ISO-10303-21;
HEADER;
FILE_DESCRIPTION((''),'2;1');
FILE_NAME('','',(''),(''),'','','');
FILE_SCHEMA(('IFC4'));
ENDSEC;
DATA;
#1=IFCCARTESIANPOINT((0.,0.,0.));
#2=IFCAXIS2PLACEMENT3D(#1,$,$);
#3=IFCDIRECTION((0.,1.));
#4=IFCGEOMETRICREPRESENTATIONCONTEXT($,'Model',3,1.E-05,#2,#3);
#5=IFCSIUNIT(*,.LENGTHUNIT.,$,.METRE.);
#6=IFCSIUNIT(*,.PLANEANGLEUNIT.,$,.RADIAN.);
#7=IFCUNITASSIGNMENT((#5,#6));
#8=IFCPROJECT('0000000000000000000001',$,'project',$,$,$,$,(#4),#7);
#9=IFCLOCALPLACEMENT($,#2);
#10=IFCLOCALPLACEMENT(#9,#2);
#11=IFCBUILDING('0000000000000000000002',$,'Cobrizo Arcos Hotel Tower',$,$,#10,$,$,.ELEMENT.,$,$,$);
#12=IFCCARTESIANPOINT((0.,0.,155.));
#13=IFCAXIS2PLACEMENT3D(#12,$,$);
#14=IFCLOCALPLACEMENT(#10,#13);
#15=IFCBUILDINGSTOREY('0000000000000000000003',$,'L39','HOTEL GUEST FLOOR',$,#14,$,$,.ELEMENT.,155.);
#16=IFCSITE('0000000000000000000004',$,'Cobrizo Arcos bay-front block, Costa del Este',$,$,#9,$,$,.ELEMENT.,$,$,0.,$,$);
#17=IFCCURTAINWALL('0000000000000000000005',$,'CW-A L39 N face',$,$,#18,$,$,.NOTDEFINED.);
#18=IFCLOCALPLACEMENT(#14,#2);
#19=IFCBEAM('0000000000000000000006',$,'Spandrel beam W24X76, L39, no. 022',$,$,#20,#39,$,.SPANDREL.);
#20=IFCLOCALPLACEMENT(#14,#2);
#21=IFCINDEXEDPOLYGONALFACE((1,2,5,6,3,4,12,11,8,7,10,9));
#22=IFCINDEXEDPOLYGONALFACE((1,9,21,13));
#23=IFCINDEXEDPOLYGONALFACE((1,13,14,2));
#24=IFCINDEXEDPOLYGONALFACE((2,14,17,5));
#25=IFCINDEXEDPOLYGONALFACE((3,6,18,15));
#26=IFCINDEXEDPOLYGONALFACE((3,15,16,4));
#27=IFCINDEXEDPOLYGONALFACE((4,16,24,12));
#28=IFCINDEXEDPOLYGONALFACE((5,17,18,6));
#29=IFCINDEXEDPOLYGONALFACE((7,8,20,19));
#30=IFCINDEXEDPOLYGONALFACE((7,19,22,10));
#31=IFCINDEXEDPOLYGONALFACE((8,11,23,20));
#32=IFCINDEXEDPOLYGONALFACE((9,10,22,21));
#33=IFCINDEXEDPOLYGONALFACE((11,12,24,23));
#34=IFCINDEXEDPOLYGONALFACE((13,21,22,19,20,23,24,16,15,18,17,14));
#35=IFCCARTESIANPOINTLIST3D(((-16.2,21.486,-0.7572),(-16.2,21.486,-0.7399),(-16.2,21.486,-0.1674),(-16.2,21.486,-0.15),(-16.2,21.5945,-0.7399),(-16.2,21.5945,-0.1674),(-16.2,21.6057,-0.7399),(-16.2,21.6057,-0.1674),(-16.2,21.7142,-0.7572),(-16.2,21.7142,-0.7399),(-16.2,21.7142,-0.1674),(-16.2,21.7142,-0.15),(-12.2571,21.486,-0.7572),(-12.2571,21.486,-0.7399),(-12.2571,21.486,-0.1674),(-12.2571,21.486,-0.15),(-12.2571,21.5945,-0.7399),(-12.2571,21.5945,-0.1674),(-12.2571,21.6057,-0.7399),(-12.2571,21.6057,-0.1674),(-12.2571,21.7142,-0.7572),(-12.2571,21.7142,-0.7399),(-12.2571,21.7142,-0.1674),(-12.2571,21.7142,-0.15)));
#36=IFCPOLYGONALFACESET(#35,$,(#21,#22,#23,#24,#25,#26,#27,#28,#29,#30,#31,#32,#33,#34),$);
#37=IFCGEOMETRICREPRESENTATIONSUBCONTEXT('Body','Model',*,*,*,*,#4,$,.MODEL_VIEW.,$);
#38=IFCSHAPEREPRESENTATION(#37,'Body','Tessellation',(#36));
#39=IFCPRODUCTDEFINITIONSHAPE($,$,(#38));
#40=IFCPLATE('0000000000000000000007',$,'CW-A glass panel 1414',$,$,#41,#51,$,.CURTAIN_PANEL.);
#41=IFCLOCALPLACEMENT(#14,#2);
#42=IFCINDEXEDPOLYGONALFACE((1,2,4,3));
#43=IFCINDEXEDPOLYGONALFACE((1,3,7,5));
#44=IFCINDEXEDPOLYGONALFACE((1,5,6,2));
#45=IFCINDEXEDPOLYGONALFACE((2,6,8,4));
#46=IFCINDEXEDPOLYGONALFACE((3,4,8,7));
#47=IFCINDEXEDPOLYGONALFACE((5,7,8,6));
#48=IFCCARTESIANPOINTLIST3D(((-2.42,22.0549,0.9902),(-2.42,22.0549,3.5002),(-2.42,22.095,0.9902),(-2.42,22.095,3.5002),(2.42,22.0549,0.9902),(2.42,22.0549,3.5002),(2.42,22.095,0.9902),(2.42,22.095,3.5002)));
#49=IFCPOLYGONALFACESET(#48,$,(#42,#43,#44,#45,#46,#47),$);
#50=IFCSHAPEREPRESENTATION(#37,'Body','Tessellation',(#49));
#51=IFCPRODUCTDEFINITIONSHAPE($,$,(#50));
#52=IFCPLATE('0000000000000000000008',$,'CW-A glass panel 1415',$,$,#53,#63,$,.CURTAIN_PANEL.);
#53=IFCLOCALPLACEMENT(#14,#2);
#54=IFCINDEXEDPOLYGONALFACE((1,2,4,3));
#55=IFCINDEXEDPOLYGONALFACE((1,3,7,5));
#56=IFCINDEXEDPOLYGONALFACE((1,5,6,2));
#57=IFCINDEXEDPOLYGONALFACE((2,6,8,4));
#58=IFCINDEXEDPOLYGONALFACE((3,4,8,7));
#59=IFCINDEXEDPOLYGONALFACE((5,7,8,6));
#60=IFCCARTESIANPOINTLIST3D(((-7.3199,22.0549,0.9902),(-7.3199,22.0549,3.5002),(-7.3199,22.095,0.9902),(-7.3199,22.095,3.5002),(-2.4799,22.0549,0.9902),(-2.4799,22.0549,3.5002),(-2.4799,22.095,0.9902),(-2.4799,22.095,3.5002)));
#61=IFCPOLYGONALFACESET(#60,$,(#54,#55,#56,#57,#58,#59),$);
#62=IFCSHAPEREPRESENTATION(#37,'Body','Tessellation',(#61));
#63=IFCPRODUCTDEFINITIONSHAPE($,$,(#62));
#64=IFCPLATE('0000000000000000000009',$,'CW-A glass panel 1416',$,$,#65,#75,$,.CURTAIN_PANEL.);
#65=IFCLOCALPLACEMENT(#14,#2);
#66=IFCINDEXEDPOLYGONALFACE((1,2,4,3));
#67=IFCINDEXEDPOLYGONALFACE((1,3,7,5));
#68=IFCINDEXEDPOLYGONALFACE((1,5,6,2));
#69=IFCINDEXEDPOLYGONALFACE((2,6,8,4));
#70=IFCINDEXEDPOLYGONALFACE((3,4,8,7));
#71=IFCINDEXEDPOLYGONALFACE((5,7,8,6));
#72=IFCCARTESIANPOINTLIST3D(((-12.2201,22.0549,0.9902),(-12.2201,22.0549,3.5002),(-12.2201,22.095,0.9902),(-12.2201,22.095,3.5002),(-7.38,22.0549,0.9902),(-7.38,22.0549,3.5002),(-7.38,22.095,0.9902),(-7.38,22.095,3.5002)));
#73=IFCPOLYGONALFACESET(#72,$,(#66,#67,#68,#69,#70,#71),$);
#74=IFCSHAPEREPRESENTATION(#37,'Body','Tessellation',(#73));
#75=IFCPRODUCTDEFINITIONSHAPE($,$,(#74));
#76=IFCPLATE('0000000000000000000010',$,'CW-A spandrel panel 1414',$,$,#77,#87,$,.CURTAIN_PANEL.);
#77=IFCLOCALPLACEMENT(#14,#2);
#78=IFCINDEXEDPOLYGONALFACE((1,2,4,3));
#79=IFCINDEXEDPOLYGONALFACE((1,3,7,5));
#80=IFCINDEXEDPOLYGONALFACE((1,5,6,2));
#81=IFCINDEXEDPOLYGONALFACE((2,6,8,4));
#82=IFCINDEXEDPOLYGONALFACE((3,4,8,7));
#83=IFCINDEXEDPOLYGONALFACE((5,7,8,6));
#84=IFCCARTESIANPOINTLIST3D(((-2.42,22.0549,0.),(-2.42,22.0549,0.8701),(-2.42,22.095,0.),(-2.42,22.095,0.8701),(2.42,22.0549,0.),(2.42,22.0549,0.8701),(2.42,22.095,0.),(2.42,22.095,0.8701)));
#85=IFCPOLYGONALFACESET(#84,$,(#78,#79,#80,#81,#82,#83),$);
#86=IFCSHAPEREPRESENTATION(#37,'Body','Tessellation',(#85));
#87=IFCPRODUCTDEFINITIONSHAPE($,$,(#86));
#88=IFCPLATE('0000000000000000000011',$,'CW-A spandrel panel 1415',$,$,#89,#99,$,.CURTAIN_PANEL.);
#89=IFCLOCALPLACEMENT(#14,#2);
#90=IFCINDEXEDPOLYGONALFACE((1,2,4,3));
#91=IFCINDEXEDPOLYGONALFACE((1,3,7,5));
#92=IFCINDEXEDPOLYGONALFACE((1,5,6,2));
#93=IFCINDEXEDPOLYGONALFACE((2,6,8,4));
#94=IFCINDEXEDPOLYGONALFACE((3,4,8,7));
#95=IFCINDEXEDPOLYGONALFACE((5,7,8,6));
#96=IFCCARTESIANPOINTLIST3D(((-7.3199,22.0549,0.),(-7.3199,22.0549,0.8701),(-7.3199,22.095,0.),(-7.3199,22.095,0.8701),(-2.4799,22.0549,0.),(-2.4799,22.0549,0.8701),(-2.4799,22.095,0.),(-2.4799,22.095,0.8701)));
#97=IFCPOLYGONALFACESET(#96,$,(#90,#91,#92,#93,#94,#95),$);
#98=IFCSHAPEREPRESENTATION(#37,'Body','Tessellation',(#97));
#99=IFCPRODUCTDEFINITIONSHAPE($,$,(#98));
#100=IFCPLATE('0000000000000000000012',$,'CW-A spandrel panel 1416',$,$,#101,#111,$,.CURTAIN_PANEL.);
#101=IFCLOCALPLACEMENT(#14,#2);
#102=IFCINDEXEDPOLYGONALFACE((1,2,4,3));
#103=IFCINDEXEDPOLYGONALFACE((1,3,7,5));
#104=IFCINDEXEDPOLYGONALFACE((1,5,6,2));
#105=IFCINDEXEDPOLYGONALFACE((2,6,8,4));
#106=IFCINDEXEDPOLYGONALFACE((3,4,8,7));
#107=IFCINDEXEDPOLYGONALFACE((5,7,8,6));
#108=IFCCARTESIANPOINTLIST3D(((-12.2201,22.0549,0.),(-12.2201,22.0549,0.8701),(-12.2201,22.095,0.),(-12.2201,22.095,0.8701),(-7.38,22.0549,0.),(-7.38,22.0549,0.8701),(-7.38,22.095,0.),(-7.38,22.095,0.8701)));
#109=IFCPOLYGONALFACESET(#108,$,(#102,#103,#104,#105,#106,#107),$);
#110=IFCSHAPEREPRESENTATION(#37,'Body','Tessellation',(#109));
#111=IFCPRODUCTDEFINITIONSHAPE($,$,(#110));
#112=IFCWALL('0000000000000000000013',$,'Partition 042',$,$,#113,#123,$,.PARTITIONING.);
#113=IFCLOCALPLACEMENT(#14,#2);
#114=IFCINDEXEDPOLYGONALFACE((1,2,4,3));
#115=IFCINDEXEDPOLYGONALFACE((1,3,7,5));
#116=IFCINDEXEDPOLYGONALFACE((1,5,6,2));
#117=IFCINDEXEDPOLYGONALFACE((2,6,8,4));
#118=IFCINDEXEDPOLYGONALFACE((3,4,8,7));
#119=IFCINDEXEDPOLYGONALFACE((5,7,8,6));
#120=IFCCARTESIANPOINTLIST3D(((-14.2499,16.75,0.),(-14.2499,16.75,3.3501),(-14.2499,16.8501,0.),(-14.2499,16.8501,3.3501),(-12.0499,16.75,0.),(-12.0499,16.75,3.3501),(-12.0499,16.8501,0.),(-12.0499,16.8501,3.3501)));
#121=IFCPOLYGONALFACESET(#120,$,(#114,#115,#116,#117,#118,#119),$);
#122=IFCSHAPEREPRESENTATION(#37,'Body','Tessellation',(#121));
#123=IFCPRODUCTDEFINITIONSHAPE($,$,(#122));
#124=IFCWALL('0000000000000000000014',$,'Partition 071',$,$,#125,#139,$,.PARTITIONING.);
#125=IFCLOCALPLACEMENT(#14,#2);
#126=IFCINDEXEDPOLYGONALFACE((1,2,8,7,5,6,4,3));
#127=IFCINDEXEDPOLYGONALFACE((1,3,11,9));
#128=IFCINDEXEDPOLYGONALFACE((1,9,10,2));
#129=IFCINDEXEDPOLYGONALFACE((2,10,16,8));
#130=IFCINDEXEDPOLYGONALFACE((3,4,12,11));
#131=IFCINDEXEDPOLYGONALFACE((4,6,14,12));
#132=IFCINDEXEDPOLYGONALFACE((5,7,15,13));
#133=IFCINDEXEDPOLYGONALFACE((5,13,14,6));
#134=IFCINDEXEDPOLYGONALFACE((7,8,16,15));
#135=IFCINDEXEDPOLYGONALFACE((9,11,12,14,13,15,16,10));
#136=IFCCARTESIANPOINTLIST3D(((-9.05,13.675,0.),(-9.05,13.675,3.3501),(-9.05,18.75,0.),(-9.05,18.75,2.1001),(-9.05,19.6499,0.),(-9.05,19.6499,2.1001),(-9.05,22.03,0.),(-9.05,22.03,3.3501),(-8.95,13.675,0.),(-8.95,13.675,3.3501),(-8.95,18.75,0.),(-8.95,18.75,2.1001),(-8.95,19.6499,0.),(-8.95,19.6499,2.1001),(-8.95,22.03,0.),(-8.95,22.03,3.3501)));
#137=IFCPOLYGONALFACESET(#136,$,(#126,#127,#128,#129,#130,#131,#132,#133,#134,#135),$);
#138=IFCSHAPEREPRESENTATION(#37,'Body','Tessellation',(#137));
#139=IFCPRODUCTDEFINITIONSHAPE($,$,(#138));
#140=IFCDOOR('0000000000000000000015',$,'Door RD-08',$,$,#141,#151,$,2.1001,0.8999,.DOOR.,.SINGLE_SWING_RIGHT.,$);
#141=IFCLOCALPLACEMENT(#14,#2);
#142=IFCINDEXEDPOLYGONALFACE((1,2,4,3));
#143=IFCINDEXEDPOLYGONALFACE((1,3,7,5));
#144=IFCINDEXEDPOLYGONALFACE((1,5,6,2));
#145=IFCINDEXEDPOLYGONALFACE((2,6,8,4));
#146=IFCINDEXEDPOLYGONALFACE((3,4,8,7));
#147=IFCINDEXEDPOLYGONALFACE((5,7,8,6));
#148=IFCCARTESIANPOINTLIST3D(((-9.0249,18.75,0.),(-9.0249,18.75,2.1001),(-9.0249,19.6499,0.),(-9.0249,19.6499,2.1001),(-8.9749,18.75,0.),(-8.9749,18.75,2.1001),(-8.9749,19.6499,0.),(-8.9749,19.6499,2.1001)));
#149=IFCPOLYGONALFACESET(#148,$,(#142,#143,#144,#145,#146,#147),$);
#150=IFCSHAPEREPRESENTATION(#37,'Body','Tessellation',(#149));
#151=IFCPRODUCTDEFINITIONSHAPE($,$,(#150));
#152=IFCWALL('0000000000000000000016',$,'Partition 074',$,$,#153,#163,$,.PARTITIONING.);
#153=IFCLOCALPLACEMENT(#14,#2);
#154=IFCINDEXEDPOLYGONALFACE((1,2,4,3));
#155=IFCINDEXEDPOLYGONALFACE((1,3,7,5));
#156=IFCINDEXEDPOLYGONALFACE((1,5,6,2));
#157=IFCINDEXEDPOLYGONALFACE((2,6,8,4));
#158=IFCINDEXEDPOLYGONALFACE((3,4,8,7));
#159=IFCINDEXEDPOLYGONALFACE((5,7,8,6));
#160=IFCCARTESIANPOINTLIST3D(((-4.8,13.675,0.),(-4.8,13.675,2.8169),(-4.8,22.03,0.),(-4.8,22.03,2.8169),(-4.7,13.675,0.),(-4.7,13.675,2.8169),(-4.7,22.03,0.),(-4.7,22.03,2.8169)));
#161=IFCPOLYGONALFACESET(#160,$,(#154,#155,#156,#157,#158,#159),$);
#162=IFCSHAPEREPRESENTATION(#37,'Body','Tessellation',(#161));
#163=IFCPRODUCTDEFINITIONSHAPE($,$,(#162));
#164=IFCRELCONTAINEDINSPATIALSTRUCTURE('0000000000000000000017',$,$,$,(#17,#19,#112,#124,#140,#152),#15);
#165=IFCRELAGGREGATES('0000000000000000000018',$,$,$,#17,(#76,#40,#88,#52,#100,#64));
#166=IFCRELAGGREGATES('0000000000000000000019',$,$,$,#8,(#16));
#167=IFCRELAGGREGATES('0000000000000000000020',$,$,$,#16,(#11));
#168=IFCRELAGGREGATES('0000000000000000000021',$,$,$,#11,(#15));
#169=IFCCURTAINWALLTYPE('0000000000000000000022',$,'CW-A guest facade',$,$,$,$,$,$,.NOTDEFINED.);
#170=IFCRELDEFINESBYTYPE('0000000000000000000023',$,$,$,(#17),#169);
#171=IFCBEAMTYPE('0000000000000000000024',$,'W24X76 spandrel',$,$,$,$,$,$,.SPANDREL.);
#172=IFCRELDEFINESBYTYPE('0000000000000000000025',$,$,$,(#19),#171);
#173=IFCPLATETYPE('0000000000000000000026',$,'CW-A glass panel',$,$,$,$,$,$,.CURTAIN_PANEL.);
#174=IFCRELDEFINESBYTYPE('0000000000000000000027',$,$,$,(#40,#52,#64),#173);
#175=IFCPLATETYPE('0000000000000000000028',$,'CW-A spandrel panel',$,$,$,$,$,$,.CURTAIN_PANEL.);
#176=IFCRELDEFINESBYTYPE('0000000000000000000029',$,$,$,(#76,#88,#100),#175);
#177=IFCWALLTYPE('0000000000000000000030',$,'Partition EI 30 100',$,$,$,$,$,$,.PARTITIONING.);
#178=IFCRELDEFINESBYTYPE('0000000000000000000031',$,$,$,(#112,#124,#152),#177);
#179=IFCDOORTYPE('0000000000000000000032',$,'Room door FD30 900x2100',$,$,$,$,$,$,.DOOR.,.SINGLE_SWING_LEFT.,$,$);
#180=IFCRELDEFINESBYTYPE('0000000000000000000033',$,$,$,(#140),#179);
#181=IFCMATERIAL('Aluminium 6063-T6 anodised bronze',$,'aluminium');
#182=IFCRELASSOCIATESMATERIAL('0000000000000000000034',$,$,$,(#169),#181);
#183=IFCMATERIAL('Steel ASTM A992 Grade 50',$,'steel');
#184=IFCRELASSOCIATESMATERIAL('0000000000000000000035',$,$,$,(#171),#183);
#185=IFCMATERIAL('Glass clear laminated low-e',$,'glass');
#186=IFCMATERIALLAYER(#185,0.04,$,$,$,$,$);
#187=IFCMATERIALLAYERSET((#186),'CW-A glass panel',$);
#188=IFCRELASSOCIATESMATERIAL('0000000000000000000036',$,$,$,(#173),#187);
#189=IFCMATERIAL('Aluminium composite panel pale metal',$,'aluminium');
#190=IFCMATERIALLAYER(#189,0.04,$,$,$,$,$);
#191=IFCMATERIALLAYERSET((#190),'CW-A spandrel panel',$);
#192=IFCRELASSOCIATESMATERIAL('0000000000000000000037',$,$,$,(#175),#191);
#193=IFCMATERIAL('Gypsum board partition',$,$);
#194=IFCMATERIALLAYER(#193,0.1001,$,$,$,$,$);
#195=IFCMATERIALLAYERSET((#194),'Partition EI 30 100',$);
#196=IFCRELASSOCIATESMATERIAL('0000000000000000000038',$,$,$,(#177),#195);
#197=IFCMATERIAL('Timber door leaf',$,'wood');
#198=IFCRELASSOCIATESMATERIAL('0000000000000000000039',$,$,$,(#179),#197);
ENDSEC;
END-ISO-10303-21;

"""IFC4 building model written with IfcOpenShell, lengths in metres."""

from ifc_helpers import new_model, si_unit, direction, frame, frame_2d, origin, origin_2d, place, context, subcontext, project, spatial, rectangle, i_section, extrude, material, layer, layer_set, material_profile, profile_set, type_object, element, fill, aggregate, save


model = new_model("IFC4")

# Units and contexts
model_context = context("Model", 3, precision=1e-05, world=origin(), true_north=direction((0.0, 1.0)))
body_context = subcontext(model_context, "Body", "Model", "MODEL_VIEW")
ifc_project = project(units=[si_unit("LENGTHUNIT", "METRE"), si_unit("PLANEANGLEUNIT", "RADIAN")], contexts=[model_context])

# Site, building, storey
site_placement = place(None, origin())
site = spatial("IfcSite", under=ifc_project, at=site_placement, Name="Cobrizo Arcos bay-front block, Costa del Este", CompositionType="ELEMENT", RefElevation=0.0)
building_placement = place(site_placement, origin())
building = spatial("IfcBuilding", under=site, at=building_placement, Name="Cobrizo Arcos Hotel Tower", CompositionType="ELEMENT")
storey_placement = place(building_placement, frame((0.0, 0.0, 155.0)))
storey = spatial("IfcBuildingStorey", under=building, at=storey_placement, Name="L39", Description="HOTEL GUEST FLOOR", CompositionType="ELEMENT", Elevation=155.0)

# Curtain wall
ifc_material_1 = material(Name="Aluminium 6063-T6 anodised bronze", Category="aluminium")
curtain_wall_type = type_object("IfcCurtainWallType", Name="CW-A guest facade", PredefinedType="NOTDEFINED", material=ifc_material_1)
curtain_wall_placement = place(storey_placement, origin())
curtain_wall = element("IfcCurtainWall", 1, at=curtain_wall_placement, inside=storey, type_object=curtain_wall_type, Name="CW-A L39 N face", PredefinedType="NOTDEFINED")

# Beam
ifc_material_2 = material(Name="Steel ASTM A992 Grade 50", Category="steel")
ifc_material_profile_1 = material_profile(ifc_material_2, i_section(OverallWidth=0.2283, OverallDepth=0.6072, WebThickness=0.0112, FlangeThickness=0.0173, at=origin_2d()), Name="W24X76")
ifc_profile_set_1 = profile_set([ifc_material_profile_1], Name="Steel ASTM A992 Grade 50")
beam_type = type_object("IfcBeamType", Name="W24X76 spandrel", PredefinedType="SPANDREL", material=ifc_profile_set_1)
beam_placement = place(storey_placement, frame((-12.2571, 21.6001, -0.4536), z_axis=(-1.0, 0.0, 0.0), x_axis=(0.0, -1.0, 0.0)))
element("IfcBeam", 2, at=beam_placement, inside=storey, type_object=beam_type, Name="Spandrel beam W24X76, L39, no. 022", PredefinedType="SPANDREL", context=body_context, shape_type="SweptSolid", body=[
    extrude(i_section(OverallWidth=0.2283, OverallDepth=0.6072, WebThickness=0.0112, FlangeThickness=0.0173, at=origin_2d()), origin(), (0.0, 0.0, 1.0), 3.9429),
])

# Plates
ifc_material_3 = material(Name="Glass clear laminated low-e", Category="glass")
ifc_layer_1 = layer(ifc_material_3, 0.04)
ifc_layer_set_1 = layer_set([ifc_layer_1], Name="CW-A glass panel")
plate_type_1 = type_object("IfcPlateType", Name="CW-A glass panel", PredefinedType="CURTAIN_PANEL", material=ifc_layer_set_1)
plate_1_placement = place(storey_placement, frame((0.0, 22.075, 0.9902), z_axis=(0.0, 0.0, 1.0), x_axis=(-1.0, 0.0, 0.0)))
plate_1 = element("IfcPlate", 3, at=plate_1_placement, type_object=plate_type_1, Name="CW-A glass panel 1414", PredefinedType="CURTAIN_PANEL", context=body_context, shape_type="SweptSolid", body=[
    extrude(rectangle(XDim=4.8401, YDim=0.04, at=origin_2d()), origin(), (0.0, 0.0, 1.0), 2.51),
])
plate_2_placement = place(storey_placement, frame((-4.8999, 22.075, 0.9902), z_axis=(0.0, 0.0, 1.0), x_axis=(-1.0, 0.0, 0.0)))
plate_2 = element("IfcPlate", 4, at=plate_2_placement, type_object=plate_type_1, Name="CW-A glass panel 1415", PredefinedType="CURTAIN_PANEL", context=body_context, shape_type="SweptSolid", body=[
    extrude(rectangle(XDim=4.8401, YDim=0.04, at=origin_2d()), origin(), (0.0, 0.0, 1.0), 2.51),
])
plate_3_placement = place(storey_placement, frame((-9.8, 22.075, 0.9902), z_axis=(0.0, 0.0, 1.0), x_axis=(-1.0, 0.0, 0.0)))
plate_3 = element("IfcPlate", 5, at=plate_3_placement, type_object=plate_type_1, Name="CW-A glass panel 1416", PredefinedType="CURTAIN_PANEL", context=body_context, shape_type="SweptSolid", body=[
    extrude(rectangle(XDim=4.8401, YDim=0.04, at=origin_2d()), origin(), (0.0, 0.0, 1.0), 2.51),
])
ifc_material_4 = material(Name="Aluminium composite panel pale metal", Category="aluminium")
ifc_layer_2 = layer(ifc_material_4, 0.04)
ifc_layer_set_2 = layer_set([ifc_layer_2], Name="CW-A spandrel panel")
plate_type_2 = type_object("IfcPlateType", Name="CW-A spandrel panel", PredefinedType="CURTAIN_PANEL", material=ifc_layer_set_2)
plate_4_placement = place(storey_placement, frame((0.0, 22.075, 0.0), z_axis=(0.0, 0.0, 1.0), x_axis=(-1.0, 0.0, 0.0)))
plate_4 = element("IfcPlate", 6, at=plate_4_placement, type_object=plate_type_2, Name="CW-A spandrel panel 1414", PredefinedType="CURTAIN_PANEL", context=body_context, shape_type="SweptSolid", body=[
    extrude(rectangle(XDim=4.8401, YDim=0.04, at=origin_2d()), origin(), (0.0, 0.0, 1.0), 0.8701),
])
plate_5_placement = place(storey_placement, frame((-4.8999, 22.075, 0.0), z_axis=(0.0, 0.0, 1.0), x_axis=(-1.0, 0.0, 0.0)))
plate_5 = element("IfcPlate", 7, at=plate_5_placement, type_object=plate_type_2, Name="CW-A spandrel panel 1415", PredefinedType="CURTAIN_PANEL", context=body_context, shape_type="SweptSolid", body=[
    extrude(rectangle(XDim=4.8401, YDim=0.04, at=origin_2d()), origin(), (0.0, 0.0, 1.0), 0.8701),
])
plate_6_placement = place(storey_placement, frame((-9.8, 22.075, 0.0), z_axis=(0.0, 0.0, 1.0), x_axis=(-1.0, 0.0, 0.0)))
plate_6 = element("IfcPlate", 8, at=plate_6_placement, type_object=plate_type_2, Name="CW-A spandrel panel 1416", PredefinedType="CURTAIN_PANEL", context=body_context, shape_type="SweptSolid", body=[
    extrude(rectangle(XDim=4.8401, YDim=0.04, at=origin_2d()), origin(), (0.0, 0.0, 1.0), 0.8701),
])
aggregate(curtain_wall, [plate_4, plate_1, plate_5, plate_2, plate_6, plate_3])

# Wall
ifc_material_5 = material(Name="Gypsum board partition")
ifc_layer_3 = layer(ifc_material_5, 0.1001)
ifc_layer_set_3 = layer_set([ifc_layer_3], Name="Partition EI 30 100")
wall_type = type_object("IfcWallType", Name="Partition EI 30 100", PredefinedType="PARTITIONING", material=ifc_layer_set_3)
wall_1_placement = place(storey_placement, frame((-14.25, 16.8, 0.0), z_axis=(0.0, 0.0, 1.0), x_axis=(1.0, 0.0, 0.0)))
element("IfcWall", 9, at=wall_1_placement, inside=storey, type_object=wall_type, Name="Partition 042", PredefinedType="PARTITIONING", context=body_context, shape_type="SweptSolid", body=[
    extrude(rectangle(XDim=2.2, YDim=0.1001, at=frame_2d((1.1001, 0.0))), origin(), (0.0, 0.0, 1.0), 3.3501),
])

# Wall, opening, door
wall_2_placement = place(storey_placement, frame((-9.0, 13.675, 0.0), z_axis=(0.0, 0.0, 1.0), x_axis=(0.0, 1.0, 0.0)))
wall_2 = element("IfcWall", 10, at=wall_2_placement, inside=storey, type_object=wall_type, Name="Partition 071", PredefinedType="PARTITIONING", context=body_context, shape_type="SweptSolid", body=[
    extrude(rectangle(XDim=8.355, YDim=0.1001, at=frame_2d((4.1775, 0.0))), origin(), (0.0, 0.0, 1.0), 3.3501),
])
opening_1_placement = place(wall_2_placement, frame((5.075, 0.0, 0.0)))
opening_1 = element("IfcOpeningElement", 11, at=opening_1_placement, cuts=wall_2, PredefinedType="OPENING", context=body_context, shape_type="SweptSolid", body=[
    extrude(rectangle(XDim=0.8999, YDim=2.1001, at=frame_2d((0.45, 1.05))), frame((0.0, 0.062, 0.0), z_axis=(0.0, -1.0, 0.0), x_axis=(1.0, 0.0, 0.0)), (0.0, 0.0, 1.0), 0.124),
])
ifc_material_6 = material(Name="Timber door leaf", Category="wood")
door_type = type_object("IfcDoorType", Name="Room door FD30 900x2100", OperationType="SINGLE_SWING_LEFT", PredefinedType="DOOR", material=ifc_material_6)
door_1_placement = place(opening_1_placement, origin())
door_1 = element("IfcDoor", 12, at=door_1_placement, inside=storey, type_object=door_type, Name="Door RD-08", OperationType="SINGLE_SWING_RIGHT", OverallHeight=2.1001, OverallWidth=0.8999, PredefinedType="DOOR", context=body_context, shape_type="SweptSolid", body=[
    extrude(rectangle(XDim=0.8999, YDim=2.1001, at=frame_2d((0.45, 1.05))), frame((0.0, 0.0249, 0.0), z_axis=(0.0, -1.0, 0.0), x_axis=(1.0, 0.0, 0.0)), (0.0, 0.0, 1.0), 0.05),
])
fill(opening_1, door_1)

# Wall
wall_3_placement = place(storey_placement, frame((-4.75, 13.675, 0.0), z_axis=(0.0, 0.0, 1.0), x_axis=(0.0, 1.0, 0.0)))
element("IfcWall", 13, at=wall_3_placement, inside=storey, type_object=wall_type, Name="Partition 074", PredefinedType="PARTITIONING", context=body_context, shape_type="SweptSolid", body=[
    extrude(rectangle(XDim=8.355, YDim=0.1001, at=frame_2d((4.1775, 0.0))), origin(), (0.0, 0.0, 1.0), 2.8169),
])

save(model, "model.ifc")
